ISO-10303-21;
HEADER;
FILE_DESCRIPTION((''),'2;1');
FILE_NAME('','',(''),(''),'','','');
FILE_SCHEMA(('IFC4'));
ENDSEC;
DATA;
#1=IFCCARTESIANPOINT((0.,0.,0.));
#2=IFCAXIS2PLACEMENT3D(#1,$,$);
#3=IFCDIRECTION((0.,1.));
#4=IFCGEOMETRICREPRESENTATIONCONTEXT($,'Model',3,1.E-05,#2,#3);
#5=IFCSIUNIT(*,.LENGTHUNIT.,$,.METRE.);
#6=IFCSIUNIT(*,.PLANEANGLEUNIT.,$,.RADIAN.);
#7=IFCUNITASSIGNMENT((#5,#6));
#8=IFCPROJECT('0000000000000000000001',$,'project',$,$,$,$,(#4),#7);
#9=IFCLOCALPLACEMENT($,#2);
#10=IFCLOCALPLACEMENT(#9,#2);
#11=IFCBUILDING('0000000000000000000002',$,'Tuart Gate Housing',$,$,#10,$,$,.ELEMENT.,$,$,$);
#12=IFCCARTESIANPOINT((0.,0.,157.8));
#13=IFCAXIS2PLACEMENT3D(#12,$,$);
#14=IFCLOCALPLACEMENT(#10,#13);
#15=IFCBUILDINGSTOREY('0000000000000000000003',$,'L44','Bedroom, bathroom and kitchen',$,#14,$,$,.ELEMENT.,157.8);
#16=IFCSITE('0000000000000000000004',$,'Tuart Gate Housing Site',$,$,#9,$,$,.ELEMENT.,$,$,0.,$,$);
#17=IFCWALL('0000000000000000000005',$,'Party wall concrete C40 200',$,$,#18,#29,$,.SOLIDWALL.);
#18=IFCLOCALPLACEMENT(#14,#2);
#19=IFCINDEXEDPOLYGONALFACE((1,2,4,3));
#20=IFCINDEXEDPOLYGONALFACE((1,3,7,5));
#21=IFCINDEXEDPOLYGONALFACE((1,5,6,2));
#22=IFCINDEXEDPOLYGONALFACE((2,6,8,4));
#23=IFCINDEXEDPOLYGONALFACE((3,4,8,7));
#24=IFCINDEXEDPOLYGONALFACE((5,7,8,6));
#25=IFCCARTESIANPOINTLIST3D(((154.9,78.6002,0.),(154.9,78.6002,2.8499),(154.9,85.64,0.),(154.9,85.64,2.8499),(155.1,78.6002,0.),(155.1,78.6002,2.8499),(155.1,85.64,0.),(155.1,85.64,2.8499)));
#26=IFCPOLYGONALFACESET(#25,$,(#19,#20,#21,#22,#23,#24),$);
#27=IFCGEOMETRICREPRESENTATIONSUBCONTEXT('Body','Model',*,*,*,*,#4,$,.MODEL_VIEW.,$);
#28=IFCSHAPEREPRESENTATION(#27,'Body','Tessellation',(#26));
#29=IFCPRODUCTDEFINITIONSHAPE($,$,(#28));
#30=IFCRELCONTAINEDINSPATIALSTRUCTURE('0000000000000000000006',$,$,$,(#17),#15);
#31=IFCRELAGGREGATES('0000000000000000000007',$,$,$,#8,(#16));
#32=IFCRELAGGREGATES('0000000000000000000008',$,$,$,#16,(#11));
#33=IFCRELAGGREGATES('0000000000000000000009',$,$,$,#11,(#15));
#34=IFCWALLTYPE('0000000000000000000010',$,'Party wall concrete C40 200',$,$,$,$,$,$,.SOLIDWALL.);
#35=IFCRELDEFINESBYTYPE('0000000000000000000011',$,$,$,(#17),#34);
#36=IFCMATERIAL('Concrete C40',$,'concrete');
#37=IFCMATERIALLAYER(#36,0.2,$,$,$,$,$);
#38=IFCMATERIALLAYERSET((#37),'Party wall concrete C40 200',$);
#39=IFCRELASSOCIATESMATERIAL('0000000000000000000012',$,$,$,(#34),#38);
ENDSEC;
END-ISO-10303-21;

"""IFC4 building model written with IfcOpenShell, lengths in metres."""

from ifc_helpers import new_model, si_unit, direction, frame, frame_2d, origin, place, context, subcontext, project, spatial, rectangle, extrude, material, layer, layer_set, type_object, element, save


model = new_model("IFC4")

# Units and contexts
model_context = context("Model", 3, precision=1e-05, world=origin(), true_north=direction((0.0, 1.0)))
body_context = subcontext(model_context, "Body", "Model", "MODEL_VIEW")
ifc_project = project(units=[si_unit("LENGTHUNIT", "METRE"), si_unit("PLANEANGLEUNIT", "RADIAN")], contexts=[model_context])

# Site, building, storey
site_placement = place(None, origin())
site = spatial("IfcSite", under=ifc_project, at=site_placement, Name="Tuart Gate Housing Site", CompositionType="ELEMENT", RefElevation=0.0)
building_placement = place(site_placement, origin())
building = spatial("IfcBuilding", under=site, at=building_placement, Name="Tuart Gate Housing", CompositionType="ELEMENT")
storey_placement = place(building_placement, frame((0.0, 0.0, 157.8)))
storey = spatial("IfcBuildingStorey", under=building, at=storey_placement, Name="L44", Description="Bedroom, bathroom and kitchen", CompositionType="ELEMENT", Elevation=157.8)

# Wall
ifc_material_1 = material(Name="Concrete C40", Category="concrete")
ifc_layer_1 = layer(ifc_material_1, 0.2)
ifc_layer_set_1 = layer_set([ifc_layer_1], Name="Party wall concrete C40 200")
wall_type_1 = type_object("IfcWallType", Name="Party wall concrete C40 200", PredefinedType="SOLIDWALL", material=ifc_layer_set_1)
wall_1_placement = place(storey_placement, frame((155.0, 78.6001, 0.0), z_axis=(0.0, 0.0, 1.0), x_axis=(0.0, 1.0, 0.0)))
element("IfcWall", 1, at=wall_1_placement, inside=storey, type_object=wall_type_1, Name="Party wall concrete C40 200", PredefinedType="SOLIDWALL", context=body_context, shape_type="SweptSolid", body=[
    extrude(rectangle(XDim=7.0398, YDim=0.2, at=frame_2d((3.52, 0.0))), origin(), (0.0, 0.0, 1.0), 2.8499),
])

save(model, "model.ifc")
